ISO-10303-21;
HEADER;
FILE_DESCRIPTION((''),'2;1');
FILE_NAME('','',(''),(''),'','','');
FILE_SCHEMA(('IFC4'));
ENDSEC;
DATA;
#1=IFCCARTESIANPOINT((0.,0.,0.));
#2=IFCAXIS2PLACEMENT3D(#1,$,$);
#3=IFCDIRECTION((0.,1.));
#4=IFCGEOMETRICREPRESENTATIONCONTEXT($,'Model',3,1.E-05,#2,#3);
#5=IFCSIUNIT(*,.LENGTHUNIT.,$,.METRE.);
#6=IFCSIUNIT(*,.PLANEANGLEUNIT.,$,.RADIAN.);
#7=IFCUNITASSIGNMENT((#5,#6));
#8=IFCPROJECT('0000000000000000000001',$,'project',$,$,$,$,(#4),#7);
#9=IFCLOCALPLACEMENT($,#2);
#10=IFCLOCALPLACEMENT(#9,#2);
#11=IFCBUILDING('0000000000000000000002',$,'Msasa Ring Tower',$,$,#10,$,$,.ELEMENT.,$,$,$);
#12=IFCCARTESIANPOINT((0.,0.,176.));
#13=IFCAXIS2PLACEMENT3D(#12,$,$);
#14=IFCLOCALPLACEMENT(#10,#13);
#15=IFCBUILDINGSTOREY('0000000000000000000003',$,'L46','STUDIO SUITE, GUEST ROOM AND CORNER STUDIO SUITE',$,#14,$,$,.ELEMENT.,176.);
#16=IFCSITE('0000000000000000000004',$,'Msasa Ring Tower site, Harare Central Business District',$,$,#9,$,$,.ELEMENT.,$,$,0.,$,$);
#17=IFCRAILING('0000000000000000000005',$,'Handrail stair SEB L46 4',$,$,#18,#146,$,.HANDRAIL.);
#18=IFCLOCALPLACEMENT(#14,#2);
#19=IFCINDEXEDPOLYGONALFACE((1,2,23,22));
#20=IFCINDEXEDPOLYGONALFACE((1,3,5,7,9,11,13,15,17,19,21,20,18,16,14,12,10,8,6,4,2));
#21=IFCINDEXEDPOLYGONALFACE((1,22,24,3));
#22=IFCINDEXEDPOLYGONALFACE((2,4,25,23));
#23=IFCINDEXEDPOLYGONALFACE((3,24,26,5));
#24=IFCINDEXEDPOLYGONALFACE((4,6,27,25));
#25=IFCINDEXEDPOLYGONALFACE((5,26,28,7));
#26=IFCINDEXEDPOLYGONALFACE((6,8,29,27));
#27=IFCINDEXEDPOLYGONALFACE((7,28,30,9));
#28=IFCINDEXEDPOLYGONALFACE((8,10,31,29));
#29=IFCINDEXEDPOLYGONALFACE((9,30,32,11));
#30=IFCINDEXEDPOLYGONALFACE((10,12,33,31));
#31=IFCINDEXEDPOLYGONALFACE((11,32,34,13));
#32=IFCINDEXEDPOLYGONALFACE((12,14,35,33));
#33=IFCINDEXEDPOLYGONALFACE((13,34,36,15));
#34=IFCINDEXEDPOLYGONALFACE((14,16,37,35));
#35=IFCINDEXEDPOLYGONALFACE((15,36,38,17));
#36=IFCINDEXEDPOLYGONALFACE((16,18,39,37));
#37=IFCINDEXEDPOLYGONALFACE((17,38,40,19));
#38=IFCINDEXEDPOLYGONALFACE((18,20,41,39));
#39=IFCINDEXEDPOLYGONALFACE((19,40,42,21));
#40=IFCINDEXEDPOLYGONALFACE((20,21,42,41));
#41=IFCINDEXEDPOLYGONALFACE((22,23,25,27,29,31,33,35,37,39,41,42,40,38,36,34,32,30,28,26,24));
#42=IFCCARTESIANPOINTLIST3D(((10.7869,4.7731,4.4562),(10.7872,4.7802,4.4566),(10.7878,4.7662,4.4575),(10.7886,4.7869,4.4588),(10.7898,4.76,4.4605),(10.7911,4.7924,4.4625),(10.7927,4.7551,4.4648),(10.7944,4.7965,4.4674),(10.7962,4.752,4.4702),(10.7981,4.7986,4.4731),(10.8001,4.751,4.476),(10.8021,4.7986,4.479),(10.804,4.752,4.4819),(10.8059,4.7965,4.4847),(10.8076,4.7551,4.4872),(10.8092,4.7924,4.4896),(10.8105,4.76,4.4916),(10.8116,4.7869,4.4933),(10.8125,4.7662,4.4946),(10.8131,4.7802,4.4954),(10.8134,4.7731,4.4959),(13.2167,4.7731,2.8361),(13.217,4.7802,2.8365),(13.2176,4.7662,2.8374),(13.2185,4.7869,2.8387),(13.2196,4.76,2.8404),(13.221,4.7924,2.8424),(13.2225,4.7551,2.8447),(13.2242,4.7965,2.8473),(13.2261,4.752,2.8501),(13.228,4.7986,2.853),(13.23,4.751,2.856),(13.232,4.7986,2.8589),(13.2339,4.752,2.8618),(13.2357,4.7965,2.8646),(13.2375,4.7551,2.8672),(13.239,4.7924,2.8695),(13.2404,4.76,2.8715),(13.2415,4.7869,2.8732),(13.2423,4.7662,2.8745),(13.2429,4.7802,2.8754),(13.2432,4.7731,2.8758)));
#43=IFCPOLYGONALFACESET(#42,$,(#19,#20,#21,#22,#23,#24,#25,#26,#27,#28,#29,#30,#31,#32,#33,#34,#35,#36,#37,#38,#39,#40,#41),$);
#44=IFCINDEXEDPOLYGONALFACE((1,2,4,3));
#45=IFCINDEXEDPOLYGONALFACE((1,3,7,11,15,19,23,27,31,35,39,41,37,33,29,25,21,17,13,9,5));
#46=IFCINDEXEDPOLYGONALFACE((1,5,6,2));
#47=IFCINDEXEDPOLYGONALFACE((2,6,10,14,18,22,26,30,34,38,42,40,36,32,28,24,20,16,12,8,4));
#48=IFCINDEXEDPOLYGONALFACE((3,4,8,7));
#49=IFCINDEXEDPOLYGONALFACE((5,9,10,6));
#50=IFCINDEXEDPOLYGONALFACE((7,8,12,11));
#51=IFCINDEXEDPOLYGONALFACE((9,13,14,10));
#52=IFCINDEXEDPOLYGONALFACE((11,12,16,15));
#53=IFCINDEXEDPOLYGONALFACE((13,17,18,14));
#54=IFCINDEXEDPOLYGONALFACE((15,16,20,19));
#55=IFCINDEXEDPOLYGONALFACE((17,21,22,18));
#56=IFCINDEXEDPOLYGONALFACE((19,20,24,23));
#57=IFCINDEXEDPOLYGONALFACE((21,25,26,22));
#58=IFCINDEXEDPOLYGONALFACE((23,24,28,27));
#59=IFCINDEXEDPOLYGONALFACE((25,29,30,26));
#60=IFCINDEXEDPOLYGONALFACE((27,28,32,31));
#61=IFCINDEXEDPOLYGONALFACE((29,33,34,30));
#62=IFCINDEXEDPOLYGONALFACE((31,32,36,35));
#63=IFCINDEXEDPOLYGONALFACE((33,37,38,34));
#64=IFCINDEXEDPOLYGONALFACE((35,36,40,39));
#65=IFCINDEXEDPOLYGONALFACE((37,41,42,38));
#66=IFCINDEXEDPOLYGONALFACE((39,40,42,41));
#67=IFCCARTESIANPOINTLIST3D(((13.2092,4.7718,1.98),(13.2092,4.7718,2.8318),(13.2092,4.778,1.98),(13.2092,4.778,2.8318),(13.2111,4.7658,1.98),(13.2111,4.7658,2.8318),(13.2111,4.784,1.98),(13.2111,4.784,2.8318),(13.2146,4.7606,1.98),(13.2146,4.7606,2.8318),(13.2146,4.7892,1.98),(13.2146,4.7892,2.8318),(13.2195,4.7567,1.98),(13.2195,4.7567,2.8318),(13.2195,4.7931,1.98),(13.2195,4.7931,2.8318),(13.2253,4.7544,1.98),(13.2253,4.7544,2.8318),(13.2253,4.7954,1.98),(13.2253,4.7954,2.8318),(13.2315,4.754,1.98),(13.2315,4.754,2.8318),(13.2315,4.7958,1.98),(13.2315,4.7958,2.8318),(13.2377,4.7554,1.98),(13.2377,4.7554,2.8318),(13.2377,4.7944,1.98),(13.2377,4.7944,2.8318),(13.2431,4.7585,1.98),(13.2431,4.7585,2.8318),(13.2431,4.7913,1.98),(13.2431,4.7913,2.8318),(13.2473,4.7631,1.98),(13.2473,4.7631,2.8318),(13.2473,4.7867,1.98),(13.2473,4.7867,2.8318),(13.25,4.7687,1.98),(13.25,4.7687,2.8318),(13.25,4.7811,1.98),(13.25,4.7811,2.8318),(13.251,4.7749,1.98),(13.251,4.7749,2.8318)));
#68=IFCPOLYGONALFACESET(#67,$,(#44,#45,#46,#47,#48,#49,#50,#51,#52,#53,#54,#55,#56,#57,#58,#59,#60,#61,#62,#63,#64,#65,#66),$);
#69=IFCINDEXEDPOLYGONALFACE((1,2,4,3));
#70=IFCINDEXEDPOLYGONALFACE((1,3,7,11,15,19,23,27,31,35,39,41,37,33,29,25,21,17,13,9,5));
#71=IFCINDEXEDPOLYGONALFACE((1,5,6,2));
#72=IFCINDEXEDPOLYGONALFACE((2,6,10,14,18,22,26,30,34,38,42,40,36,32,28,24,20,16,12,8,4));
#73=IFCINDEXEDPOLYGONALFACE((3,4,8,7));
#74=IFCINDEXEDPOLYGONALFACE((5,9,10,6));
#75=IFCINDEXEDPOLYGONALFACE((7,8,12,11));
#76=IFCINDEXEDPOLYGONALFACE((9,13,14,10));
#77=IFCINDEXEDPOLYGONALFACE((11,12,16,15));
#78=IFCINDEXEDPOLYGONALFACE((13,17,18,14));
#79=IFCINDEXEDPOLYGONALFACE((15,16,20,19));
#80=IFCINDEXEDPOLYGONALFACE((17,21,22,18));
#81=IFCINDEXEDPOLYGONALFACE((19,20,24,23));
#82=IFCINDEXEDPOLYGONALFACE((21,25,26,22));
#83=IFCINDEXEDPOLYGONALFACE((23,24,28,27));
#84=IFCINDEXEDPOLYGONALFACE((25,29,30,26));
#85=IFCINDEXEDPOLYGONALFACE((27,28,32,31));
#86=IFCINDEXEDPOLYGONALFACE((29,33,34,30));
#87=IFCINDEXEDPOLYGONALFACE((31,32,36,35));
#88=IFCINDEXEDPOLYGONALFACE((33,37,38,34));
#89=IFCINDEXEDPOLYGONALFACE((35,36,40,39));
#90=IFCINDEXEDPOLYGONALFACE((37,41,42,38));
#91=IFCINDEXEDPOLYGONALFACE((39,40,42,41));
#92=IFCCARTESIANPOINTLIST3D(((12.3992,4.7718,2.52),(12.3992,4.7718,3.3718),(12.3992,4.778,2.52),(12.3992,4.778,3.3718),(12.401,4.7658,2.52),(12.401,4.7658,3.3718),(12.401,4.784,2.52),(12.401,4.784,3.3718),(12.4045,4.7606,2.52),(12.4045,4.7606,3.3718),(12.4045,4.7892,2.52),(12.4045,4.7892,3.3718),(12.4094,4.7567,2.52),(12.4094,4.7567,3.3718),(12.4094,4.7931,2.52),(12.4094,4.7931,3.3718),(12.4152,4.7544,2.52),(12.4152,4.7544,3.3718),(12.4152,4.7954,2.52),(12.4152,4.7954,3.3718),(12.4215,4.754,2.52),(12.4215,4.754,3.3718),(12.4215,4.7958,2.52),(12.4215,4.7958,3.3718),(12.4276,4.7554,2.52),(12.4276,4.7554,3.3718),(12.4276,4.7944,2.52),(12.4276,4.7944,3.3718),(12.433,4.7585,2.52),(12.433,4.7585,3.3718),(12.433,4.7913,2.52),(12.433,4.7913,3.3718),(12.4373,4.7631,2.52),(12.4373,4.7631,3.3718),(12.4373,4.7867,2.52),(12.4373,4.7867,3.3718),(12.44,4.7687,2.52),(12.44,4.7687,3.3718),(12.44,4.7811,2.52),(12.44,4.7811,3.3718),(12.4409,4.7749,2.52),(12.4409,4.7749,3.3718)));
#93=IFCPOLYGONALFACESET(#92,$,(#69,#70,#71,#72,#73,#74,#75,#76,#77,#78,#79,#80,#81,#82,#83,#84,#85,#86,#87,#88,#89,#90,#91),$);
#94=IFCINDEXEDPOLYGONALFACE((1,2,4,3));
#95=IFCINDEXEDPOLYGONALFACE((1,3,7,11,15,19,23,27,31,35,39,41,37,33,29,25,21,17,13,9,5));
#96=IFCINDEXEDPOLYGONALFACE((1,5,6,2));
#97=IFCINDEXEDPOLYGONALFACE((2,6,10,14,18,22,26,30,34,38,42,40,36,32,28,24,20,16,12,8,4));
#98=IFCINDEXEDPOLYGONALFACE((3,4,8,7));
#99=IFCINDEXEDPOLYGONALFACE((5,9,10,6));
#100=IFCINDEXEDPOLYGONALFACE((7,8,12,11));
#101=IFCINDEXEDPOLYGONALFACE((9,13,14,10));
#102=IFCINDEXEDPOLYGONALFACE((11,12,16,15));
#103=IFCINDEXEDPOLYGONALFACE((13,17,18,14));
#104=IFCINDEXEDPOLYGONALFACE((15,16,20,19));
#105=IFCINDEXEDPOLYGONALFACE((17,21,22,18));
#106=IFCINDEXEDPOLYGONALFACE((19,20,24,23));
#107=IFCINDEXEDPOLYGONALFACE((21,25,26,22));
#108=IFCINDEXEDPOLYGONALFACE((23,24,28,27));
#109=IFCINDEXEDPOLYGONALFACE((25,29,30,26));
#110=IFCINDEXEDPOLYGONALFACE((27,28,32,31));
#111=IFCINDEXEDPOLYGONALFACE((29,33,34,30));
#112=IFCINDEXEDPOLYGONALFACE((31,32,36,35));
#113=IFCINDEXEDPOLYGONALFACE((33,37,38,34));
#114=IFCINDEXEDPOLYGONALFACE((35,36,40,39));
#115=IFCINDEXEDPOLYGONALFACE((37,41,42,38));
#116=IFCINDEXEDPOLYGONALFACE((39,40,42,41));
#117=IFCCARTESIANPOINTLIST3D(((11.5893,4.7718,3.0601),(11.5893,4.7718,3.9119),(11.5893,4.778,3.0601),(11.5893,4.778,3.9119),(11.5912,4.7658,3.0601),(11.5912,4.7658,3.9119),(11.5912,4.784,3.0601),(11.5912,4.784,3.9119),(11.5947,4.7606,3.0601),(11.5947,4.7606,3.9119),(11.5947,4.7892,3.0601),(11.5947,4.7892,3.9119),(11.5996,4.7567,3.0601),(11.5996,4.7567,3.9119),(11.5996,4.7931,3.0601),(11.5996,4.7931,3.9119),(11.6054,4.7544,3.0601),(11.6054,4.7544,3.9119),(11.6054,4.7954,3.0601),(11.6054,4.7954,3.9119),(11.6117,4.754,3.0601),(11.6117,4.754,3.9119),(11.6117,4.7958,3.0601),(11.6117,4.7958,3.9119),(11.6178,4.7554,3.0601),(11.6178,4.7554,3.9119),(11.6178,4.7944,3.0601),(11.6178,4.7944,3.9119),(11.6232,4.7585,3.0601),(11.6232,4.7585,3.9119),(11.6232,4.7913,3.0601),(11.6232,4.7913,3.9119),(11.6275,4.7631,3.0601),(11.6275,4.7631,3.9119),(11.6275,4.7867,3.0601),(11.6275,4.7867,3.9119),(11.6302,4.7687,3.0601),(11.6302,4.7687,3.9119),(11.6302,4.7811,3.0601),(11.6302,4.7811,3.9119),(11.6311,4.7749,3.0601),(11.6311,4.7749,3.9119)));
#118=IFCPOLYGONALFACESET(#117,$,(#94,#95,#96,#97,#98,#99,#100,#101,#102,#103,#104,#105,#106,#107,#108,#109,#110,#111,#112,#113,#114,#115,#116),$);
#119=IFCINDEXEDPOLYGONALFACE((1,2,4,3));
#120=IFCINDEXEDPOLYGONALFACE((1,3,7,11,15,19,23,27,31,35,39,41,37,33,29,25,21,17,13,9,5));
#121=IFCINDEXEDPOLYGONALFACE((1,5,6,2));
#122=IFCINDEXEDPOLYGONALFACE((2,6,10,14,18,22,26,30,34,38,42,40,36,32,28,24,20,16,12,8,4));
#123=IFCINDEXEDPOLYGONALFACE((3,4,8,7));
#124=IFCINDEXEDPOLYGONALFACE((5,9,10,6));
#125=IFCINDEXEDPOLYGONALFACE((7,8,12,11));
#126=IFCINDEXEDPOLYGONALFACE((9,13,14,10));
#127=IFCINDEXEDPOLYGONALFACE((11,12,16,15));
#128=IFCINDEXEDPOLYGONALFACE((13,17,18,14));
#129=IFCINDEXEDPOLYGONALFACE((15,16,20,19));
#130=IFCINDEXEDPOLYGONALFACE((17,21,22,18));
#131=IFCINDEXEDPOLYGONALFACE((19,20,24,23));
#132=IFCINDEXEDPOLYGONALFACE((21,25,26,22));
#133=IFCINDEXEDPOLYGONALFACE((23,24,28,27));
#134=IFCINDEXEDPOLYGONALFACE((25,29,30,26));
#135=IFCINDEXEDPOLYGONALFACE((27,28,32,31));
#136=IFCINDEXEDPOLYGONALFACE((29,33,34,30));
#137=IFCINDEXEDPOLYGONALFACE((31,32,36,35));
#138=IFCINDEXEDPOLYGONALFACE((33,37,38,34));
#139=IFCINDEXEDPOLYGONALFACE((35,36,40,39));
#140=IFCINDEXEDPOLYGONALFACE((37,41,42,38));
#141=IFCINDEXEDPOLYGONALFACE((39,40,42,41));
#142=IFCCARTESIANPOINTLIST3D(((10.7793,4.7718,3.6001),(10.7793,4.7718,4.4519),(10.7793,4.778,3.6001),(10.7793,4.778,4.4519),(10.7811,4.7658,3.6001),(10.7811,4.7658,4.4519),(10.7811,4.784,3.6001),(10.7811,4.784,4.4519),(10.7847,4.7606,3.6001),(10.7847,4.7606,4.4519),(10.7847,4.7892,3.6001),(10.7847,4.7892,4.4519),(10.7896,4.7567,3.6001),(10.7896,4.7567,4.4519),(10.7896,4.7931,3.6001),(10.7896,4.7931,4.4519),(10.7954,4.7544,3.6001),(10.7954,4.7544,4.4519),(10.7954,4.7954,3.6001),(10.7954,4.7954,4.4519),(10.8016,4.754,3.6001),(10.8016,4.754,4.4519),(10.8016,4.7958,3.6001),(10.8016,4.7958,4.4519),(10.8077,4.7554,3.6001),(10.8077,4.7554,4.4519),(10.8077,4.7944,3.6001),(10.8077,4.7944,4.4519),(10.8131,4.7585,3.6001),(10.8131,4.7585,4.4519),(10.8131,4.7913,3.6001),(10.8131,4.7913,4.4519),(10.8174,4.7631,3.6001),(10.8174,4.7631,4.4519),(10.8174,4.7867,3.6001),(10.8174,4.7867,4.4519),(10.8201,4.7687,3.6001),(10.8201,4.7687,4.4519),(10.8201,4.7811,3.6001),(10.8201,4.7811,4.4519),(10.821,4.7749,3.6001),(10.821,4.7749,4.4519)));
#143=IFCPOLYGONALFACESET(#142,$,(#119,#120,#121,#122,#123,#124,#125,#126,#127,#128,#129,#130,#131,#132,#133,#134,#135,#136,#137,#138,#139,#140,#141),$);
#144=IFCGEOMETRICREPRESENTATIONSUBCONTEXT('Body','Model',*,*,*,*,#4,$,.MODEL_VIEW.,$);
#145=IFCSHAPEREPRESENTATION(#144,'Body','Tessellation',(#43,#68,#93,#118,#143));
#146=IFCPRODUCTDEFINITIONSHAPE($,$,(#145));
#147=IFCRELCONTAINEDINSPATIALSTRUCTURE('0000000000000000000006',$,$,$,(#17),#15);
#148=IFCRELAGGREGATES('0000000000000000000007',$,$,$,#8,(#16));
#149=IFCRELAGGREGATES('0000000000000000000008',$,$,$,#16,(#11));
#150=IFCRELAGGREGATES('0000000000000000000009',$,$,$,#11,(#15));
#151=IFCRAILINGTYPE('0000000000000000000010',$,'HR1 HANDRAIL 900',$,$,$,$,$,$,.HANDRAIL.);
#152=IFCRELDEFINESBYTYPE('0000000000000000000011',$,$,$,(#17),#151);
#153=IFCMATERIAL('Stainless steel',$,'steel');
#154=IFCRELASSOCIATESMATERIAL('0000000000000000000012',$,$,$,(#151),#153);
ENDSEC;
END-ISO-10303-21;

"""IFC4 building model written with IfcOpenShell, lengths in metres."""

from ifc_helpers import new_model, si_unit, direction, frame, origin, origin_2d, place, context, subcontext, project, spatial, circle, extrude, material, type_object, element, save


model = new_model("IFC4")

# Units and contexts
model_context = context("Model", 3, precision=1e-05, world=origin(), true_north=direction((0.0, 1.0)))
body_context = subcontext(model_context, "Body", "Model", "MODEL_VIEW")
ifc_project = project(units=[si_unit("LENGTHUNIT", "METRE"), si_unit("PLANEANGLEUNIT", "RADIAN")], contexts=[model_context])

# Site, building, storey
site_placement = place(None, origin())
site = spatial("IfcSite", under=ifc_project, at=site_placement, Name="Msasa Ring Tower site, Harare Central Business District", CompositionType="ELEMENT", RefElevation=0.0)
building_placement = place(site_placement, origin())
building = spatial("IfcBuilding", under=site, at=building_placement, Name="Msasa Ring Tower", CompositionType="ELEMENT")
storey_placement = place(building_placement, frame((0.0, 0.0, 176.0)))
storey = spatial("IfcBuildingStorey", under=building, at=storey_placement, Name="L46", Description="STUDIO SUITE, GUEST ROOM AND CORNER STUDIO SUITE", CompositionType="ELEMENT", Elevation=176.0)

# Railing
ifc_material_1 = material(Name="Stainless steel", Category="steel")
railing_type = type_object("IfcRailingType", Name="HR1 HANDRAIL 900", PredefinedType="HANDRAIL", material=ifc_material_1)
for number, where, name in (
    (1, (13.23, 4.7749, 1.98), "Handrail stair SEB L46 4"),
):
    element("IfcRailing", number, at=place(storey_placement, frame(where)), inside=storey, type_object=railing_type, Name=name, PredefinedType="HANDRAIL", context=body_context, shape_type="SweptSolid", body=[
        extrude(circle(Radius=0.0239, at=origin_2d()), frame((0.0, 0.0, 0.876), z_axis=(-0.832025, 0.0, 0.554739), x_axis=(0.0, -1.0, 0.0)), (0.0, 0.0, 1.0), 2.9204),
        extrude(circle(Radius=0.021, at=origin_2d()), origin(), (0.0, 0.0, 1.0), 0.8518),
        extrude(circle(Radius=0.021, at=origin_2d()), frame((-0.8101, 0.0, 0.54)), (0.0, 0.0, 1.0), 0.8518),
        extrude(circle(Radius=0.021, at=origin_2d()), frame((-1.6199, 0.0, 1.0801)), (0.0, 0.0, 1.0), 0.8518),
        extrude(circle(Radius=0.021, at=origin_2d()), frame((-2.4299, 0.0, 1.6201)), (0.0, 0.0, 1.0), 0.8518),
    ])

save(model, "model.ifc")
